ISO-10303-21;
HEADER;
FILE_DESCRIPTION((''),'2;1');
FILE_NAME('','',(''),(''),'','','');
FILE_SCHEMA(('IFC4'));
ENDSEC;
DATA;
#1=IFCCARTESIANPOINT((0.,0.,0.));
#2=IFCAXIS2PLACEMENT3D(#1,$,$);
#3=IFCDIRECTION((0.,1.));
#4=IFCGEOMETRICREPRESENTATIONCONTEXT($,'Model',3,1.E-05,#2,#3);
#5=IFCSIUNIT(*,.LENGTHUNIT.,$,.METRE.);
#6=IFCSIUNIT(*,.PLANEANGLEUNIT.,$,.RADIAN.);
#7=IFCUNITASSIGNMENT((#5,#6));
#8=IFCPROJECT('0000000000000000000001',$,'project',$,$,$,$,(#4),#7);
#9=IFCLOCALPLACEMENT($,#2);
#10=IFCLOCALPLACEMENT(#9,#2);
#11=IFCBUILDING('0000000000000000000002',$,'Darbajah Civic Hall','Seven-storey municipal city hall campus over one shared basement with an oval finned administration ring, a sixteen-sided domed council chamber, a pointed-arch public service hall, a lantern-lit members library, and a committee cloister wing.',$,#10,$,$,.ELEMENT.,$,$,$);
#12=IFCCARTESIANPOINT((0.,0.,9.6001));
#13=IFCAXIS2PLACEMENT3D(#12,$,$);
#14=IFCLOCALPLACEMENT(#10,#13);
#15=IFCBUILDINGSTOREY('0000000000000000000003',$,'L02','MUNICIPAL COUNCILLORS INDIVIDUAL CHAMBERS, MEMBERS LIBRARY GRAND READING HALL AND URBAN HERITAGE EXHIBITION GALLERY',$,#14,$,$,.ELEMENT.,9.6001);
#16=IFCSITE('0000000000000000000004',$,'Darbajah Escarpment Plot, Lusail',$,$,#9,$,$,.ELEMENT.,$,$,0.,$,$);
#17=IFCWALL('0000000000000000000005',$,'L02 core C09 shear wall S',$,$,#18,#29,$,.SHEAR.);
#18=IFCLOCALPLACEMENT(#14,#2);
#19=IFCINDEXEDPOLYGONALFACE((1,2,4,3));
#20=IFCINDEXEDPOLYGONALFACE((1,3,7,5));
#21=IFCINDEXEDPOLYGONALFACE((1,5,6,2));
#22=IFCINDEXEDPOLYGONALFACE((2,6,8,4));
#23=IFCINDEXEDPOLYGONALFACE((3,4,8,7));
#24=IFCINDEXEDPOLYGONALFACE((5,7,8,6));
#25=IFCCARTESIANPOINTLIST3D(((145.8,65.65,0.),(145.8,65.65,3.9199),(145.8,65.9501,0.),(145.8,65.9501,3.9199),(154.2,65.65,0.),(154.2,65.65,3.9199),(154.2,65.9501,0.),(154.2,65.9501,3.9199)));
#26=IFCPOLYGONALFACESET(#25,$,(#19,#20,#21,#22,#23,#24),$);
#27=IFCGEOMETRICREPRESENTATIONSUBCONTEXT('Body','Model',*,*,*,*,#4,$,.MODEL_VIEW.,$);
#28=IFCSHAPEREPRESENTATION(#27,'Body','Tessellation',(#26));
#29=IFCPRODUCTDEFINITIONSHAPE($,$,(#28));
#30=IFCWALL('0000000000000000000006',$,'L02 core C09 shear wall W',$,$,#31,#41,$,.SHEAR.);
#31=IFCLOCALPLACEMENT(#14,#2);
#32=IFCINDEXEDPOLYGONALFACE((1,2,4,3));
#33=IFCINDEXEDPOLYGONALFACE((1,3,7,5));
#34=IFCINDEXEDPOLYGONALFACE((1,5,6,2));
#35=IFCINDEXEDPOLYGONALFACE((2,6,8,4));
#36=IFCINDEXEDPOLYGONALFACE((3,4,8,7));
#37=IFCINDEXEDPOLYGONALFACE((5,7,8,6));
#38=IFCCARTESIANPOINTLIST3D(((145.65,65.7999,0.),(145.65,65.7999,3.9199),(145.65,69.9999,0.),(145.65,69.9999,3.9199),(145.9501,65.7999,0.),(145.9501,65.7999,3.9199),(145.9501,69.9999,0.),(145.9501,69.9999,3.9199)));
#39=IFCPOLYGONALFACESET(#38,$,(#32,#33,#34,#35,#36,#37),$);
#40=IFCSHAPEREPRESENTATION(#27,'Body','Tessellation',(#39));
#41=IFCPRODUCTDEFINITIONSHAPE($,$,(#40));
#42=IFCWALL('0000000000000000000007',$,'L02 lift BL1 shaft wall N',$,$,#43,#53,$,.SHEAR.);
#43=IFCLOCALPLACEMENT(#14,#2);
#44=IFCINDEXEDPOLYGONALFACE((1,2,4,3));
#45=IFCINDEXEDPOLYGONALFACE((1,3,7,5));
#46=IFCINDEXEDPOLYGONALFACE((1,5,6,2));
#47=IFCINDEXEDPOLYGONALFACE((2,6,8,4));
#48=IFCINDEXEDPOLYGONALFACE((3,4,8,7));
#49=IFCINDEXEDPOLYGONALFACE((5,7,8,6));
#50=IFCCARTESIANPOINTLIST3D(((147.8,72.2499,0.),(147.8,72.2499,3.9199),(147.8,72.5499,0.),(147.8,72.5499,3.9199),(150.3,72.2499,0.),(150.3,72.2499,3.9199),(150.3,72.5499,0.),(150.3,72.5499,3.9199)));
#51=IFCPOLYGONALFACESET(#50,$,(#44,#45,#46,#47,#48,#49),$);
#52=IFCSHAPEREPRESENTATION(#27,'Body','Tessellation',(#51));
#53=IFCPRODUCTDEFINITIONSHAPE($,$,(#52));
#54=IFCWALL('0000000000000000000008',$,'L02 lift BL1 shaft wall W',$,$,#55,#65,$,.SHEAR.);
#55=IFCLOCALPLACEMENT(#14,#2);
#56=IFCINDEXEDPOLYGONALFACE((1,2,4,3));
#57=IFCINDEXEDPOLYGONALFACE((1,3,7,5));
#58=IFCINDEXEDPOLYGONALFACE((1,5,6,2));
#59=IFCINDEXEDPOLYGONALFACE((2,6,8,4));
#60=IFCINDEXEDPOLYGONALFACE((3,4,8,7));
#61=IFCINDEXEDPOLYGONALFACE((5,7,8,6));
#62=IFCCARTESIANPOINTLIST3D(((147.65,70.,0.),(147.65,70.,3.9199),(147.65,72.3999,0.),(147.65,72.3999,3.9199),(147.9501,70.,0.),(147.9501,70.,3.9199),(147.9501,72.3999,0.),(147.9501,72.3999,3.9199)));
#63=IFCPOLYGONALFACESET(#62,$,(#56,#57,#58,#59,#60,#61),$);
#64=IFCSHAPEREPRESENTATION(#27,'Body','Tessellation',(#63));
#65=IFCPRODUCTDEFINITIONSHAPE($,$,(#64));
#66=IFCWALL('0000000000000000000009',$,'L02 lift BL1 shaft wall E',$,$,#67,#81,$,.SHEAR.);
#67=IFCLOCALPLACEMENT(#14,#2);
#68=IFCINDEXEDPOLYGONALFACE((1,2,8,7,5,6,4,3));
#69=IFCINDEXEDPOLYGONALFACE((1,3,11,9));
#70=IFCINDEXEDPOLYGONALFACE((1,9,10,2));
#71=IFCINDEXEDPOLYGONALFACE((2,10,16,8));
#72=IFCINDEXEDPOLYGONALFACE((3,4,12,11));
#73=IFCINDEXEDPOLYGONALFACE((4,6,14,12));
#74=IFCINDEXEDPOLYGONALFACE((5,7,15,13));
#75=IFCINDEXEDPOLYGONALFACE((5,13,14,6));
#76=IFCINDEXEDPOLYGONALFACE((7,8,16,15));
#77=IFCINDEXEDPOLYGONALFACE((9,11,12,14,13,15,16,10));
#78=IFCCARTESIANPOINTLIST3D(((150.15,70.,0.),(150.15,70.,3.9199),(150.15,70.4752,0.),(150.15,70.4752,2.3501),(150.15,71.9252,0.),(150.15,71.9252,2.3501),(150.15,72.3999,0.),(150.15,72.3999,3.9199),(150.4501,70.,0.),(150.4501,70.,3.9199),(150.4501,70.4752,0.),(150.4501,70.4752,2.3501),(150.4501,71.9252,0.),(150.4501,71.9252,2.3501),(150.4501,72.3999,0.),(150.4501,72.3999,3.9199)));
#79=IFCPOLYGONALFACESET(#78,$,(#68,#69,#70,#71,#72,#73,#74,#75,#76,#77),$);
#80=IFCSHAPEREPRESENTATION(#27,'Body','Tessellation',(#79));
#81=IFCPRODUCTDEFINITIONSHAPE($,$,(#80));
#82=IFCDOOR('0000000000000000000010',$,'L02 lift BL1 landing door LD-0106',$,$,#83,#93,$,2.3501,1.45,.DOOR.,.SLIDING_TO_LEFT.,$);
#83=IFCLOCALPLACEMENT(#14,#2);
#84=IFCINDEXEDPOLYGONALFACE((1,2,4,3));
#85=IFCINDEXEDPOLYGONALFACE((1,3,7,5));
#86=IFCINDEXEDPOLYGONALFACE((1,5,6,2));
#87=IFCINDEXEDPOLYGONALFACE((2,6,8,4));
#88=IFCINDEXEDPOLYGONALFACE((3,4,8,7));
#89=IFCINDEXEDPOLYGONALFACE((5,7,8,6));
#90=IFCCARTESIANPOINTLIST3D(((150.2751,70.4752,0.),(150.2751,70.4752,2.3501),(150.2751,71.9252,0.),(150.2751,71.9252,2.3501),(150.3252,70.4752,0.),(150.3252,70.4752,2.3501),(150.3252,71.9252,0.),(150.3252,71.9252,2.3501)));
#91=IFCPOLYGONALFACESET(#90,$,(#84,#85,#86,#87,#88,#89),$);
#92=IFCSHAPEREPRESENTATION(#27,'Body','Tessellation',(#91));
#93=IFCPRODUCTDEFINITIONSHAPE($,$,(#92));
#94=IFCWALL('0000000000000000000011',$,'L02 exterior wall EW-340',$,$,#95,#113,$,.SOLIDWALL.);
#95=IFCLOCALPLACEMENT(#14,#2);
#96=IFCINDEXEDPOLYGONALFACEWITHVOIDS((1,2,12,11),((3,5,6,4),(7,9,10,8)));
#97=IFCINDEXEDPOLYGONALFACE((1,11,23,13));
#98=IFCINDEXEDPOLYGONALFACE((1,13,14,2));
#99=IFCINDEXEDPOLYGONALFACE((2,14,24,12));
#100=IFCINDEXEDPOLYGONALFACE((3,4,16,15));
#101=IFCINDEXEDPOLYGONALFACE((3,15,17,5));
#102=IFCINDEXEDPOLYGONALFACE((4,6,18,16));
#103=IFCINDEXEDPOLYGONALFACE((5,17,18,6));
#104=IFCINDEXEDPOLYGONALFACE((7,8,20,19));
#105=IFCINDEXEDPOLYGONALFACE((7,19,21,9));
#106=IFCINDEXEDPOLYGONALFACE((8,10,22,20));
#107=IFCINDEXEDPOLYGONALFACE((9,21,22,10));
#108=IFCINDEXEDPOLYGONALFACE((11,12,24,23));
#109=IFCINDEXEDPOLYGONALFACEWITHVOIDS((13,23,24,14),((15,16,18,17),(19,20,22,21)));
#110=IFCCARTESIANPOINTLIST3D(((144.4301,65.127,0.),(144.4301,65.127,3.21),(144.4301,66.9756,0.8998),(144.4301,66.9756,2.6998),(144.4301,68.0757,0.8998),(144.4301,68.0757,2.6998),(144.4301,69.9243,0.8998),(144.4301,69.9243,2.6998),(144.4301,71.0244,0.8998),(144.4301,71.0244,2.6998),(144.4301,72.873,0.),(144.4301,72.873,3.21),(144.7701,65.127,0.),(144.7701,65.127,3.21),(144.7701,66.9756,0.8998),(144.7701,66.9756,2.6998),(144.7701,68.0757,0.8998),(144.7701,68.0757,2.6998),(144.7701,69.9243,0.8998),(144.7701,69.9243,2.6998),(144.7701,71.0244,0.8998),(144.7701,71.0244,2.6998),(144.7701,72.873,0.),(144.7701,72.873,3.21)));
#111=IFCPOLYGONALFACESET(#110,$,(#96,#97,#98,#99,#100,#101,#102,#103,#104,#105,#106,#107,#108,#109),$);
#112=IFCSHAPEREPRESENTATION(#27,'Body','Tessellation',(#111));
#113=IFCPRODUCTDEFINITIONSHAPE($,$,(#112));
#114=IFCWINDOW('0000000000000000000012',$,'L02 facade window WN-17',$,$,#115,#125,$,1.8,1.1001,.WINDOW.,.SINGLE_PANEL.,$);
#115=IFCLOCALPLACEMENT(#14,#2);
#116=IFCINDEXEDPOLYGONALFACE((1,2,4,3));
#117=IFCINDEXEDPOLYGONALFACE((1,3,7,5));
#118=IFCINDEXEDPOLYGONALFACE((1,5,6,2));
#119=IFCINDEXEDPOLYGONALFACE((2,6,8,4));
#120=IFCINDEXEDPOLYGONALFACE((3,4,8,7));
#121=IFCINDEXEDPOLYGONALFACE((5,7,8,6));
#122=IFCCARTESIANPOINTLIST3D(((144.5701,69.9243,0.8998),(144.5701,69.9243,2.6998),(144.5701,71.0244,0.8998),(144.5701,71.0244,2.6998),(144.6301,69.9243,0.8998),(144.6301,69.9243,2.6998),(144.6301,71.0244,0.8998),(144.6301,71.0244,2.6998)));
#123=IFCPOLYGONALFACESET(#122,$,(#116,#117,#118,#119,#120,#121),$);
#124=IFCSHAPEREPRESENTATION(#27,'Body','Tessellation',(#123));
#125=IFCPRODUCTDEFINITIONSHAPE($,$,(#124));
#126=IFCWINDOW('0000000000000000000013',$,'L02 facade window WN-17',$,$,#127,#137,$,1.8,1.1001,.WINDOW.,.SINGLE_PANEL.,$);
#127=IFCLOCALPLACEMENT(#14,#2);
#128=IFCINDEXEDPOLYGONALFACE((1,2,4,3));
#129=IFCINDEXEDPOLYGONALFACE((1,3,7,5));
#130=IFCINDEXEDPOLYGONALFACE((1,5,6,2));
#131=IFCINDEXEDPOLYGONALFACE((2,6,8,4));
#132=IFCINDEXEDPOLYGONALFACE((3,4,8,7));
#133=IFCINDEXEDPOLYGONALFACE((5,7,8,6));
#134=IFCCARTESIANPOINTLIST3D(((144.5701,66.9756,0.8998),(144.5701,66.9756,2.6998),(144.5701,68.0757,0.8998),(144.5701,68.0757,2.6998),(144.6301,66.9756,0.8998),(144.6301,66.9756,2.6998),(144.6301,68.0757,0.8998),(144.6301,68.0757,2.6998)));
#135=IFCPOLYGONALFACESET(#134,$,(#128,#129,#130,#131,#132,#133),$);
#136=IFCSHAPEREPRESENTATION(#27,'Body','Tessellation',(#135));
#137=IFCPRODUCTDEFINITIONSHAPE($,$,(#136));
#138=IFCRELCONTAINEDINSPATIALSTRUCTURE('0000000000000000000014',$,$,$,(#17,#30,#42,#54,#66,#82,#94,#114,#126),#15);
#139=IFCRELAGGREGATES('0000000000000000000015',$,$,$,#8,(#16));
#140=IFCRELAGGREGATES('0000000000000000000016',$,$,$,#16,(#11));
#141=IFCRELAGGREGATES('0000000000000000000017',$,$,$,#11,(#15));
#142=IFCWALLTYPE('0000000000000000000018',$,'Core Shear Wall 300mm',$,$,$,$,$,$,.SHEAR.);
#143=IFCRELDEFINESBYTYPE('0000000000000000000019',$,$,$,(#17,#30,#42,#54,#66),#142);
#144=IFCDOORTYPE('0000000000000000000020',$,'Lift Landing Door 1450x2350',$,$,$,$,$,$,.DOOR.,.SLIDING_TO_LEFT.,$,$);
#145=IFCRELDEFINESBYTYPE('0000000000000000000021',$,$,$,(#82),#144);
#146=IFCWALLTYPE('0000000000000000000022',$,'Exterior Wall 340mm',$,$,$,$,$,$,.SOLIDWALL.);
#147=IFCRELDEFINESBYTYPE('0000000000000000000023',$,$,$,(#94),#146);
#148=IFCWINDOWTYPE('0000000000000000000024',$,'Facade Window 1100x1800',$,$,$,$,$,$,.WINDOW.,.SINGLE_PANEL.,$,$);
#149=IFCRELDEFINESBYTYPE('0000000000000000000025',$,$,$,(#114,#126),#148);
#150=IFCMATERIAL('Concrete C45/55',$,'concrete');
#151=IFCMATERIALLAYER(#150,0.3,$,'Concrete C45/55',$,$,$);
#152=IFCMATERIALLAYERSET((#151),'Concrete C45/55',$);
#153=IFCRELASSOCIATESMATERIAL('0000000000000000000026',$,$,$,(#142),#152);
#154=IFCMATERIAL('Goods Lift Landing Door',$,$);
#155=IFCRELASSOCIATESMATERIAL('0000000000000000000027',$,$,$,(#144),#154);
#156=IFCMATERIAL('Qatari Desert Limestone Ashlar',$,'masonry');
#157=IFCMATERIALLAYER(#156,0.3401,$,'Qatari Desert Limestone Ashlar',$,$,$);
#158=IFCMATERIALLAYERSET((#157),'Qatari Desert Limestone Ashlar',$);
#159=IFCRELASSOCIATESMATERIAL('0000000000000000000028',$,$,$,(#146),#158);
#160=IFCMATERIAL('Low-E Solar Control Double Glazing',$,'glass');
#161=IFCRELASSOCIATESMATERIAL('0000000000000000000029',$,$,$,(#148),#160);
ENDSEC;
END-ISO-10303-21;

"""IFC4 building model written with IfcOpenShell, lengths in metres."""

from ifc_helpers import new_model, si_unit, direction, frame, frame_2d, origin, place, context, subcontext, project, spatial, rectangle, extrude, material, layer, layer_set, type_object, element, fill, save


model = new_model("IFC4")

# Units and contexts
model_context = context("Model", 3, precision=1e-05, world=origin(), true_north=direction((0.0, 1.0)))
body_context = subcontext(model_context, "Body", "Model", "MODEL_VIEW")
ifc_project = project(units=[si_unit("LENGTHUNIT", "METRE"), si_unit("PLANEANGLEUNIT", "RADIAN")], contexts=[model_context])

# Site, building, storey
site_placement = place(None, origin())
site = spatial("IfcSite", under=ifc_project, at=site_placement, Name="Darbajah Escarpment Plot, Lusail", CompositionType="ELEMENT", RefElevation=0.0)
building_placement = place(site_placement, origin())
building = spatial("IfcBuilding", under=site, at=building_placement, Name="Darbajah Civic Hall", Description="Seven-storey municipal city hall campus over one shared basement with an oval finned administration ring, a sixteen-sided domed council chamber, a pointed-arch public service hall, a lantern-lit members library, and a committee cloister wing.", CompositionType="ELEMENT")
storey_placement = place(building_placement, frame((0.0, 0.0, 9.6001)))
storey = spatial("IfcBuildingStorey", under=building, at=storey_placement, Name="L02", Description="MUNICIPAL COUNCILLORS INDIVIDUAL CHAMBERS, MEMBERS LIBRARY GRAND READING HALL AND URBAN HERITAGE EXHIBITION GALLERY", CompositionType="ELEMENT", Elevation=9.6001)

# Shared definitions
ifc_material_1 = material(Name="Concrete C45/55", Category="concrete")

# Walls
ifc_layer_1 = layer(ifc_material_1, 0.3, Name="Concrete C45/55")
ifc_layer_set_1 = layer_set([ifc_layer_1], Name="Concrete C45/55")
wall_type_1 = type_object("IfcWallType", Name="Core Shear Wall 300mm", PredefinedType="SHEAR", material=ifc_layer_set_1)
wall_1_placement = place(storey_placement, frame((145.8, 65.8, 0.0), z_axis=(0.0, 0.0, 1.0), x_axis=(1.0, 0.0, 0.0)))
element("IfcWall", 1, at=wall_1_placement, inside=storey, type_object=wall_type_1, Name="L02 core C09 shear wall S", PredefinedType="SHEAR", context=body_context, shape_type="SweptSolid", body=[
    extrude(rectangle(XDim=8.3999, YDim=0.3, at=frame_2d((4.2, 0.0))), origin(), (0.0, 0.0, 1.0), 3.9199),
])
wall_2_placement = place(storey_placement, frame((145.8, 70.0, 0.0), z_axis=(0.0, 0.0, 1.0), x_axis=(0.0, -1.0, 0.0)))
element("IfcWall", 2, at=wall_2_placement, inside=storey, type_object=wall_type_1, Name="L02 core C09 shear wall W", PredefinedType="SHEAR", context=body_context, shape_type="SweptSolid", body=[
    extrude(rectangle(XDim=4.2, YDim=0.3, at=frame_2d((2.1001, 0.0))), origin(), (0.0, 0.0, 1.0), 3.9199),
])
wall_3_placement = place(storey_placement, frame((150.3, 72.3999, 0.0), z_axis=(0.0, 0.0, 1.0), x_axis=(-1.0, 0.0, 0.0)))
element("IfcWall", 3, at=wall_3_placement, inside=storey, type_object=wall_type_1, Name="L02 lift BL1 shaft wall N", PredefinedType="SHEAR", context=body_context, shape_type="SweptSolid", body=[
    extrude(rectangle(XDim=2.5, YDim=0.3, at=frame_2d((1.25, 0.0))), origin(), (0.0, 0.0, 1.0), 3.9199),
])
wall_4_placement = place(storey_placement, frame((147.8, 72.3999, 0.0), z_axis=(0.0, 0.0, 1.0), x_axis=(0.0, -1.0, 0.0)))
element("IfcWall", 4, at=wall_4_placement, inside=storey, type_object=wall_type_1, Name="L02 lift BL1 shaft wall W", PredefinedType="SHEAR", context=body_context, shape_type="SweptSolid", body=[
    extrude(rectangle(XDim=2.3999, YDim=0.3, at=frame_2d((1.2, 0.0))), origin(), (0.0, 0.0, 1.0), 3.9199),
])

# Wall, opening, door
wall_5_placement = place(storey_placement, frame((150.3, 70.0, 0.0), z_axis=(0.0, 0.0, 1.0), x_axis=(0.0, 1.0, 0.0)))
wall_5 = element("IfcWall", 5, at=wall_5_placement, inside=storey, type_object=wall_type_1, Name="L02 lift BL1 shaft wall E", PredefinedType="SHEAR", context=body_context, shape_type="SweptSolid", body=[
    extrude(rectangle(XDim=2.3999, YDim=0.3, at=frame_2d((1.2, 0.0))), origin(), (0.0, 0.0, 1.0), 3.9199),
])
opening_1_placement = place(wall_5_placement, frame((0.4751, 0.0, 0.0)))
opening_1 = element("IfcOpeningElement", 6, at=opening_1_placement, cuts=wall_5, PredefinedType="OPENING", context=body_context, shape_type="SweptSolid", body=[
    extrude(rectangle(XDim=1.45, YDim=2.3501, at=frame_2d((0.7251, 1.175))), frame((0.0, 0.1599, 0.0), z_axis=(0.0, -1.0, 0.0), x_axis=(1.0, 0.0, 0.0)), (0.0, 0.0, 1.0), 0.3201),
])
ifc_material_2 = material(Name="Goods Lift Landing Door")
door_type = type_object("IfcDoorType", Name="Lift Landing Door 1450x2350", OperationType="SLIDING_TO_LEFT", PredefinedType="DOOR", material=ifc_material_2)
door_placement = place(opening_1_placement, origin())
door = element("IfcDoor", 7, at=door_placement, inside=storey, type_object=door_type, Name="L02 lift BL1 landing door LD-0106", OperationType="SLIDING_TO_LEFT", OverallHeight=2.3501, OverallWidth=1.45, PredefinedType="DOOR", context=body_context, shape_type="SweptSolid", body=[
    extrude(rectangle(XDim=1.45, YDim=2.3501, at=frame_2d((0.7251, 1.175))), frame((0.0, 0.0249, 0.0), z_axis=(0.0, -1.0, 0.0), x_axis=(1.0, 0.0, 0.0)), (0.0, 0.0, 1.0), 0.05),
])
fill(opening_1, door)

# Wall, openings, windows
ifc_material_3 = material(Name="Qatari Desert Limestone Ashlar", Category="masonry")
ifc_layer_2 = layer(ifc_material_3, 0.3401, Name="Qatari Desert Limestone Ashlar")
ifc_layer_set_2 = layer_set([ifc_layer_2], Name="Qatari Desert Limestone Ashlar")
wall_type_2 = type_object("IfcWallType", Name="Exterior Wall 340mm", PredefinedType="SOLIDWALL", material=ifc_layer_set_2)
wall_6_placement = place(storey_placement, frame((144.6001, 72.873, 0.0), z_axis=(0.0, 0.0, 1.0), x_axis=(0.0, -1.0, 0.0)))
wall_6 = element("IfcWall", 8, at=wall_6_placement, inside=storey, type_object=wall_type_2, Name="L02 exterior wall EW-340", PredefinedType="SOLIDWALL", context=body_context, shape_type="SweptSolid", body=[
    extrude(rectangle(XDim=7.7461, YDim=0.3401, at=frame_2d((3.873, 0.0))), origin(), (0.0, 0.0, 1.0), 3.21),
])
opening_2_placement = place(wall_6_placement, frame((1.8486, 0.0, 0.8999)))
opening_2 = element("IfcOpeningElement", 9, at=opening_2_placement, cuts=wall_6, PredefinedType="OPENING", context=body_context, shape_type="SweptSolid", body=[
    extrude(rectangle(XDim=1.1001, YDim=1.8, at=frame_2d((0.55, 0.8999))), frame((0.0, 0.1799, 0.0), z_axis=(0.0, -1.0, 0.0), x_axis=(1.0, 0.0, 0.0)), (0.0, 0.0, 1.0), 0.3601),
])
opening_3_placement = place(wall_6_placement, frame((4.7974, 0.0, 0.8999)))
opening_3 = element("IfcOpeningElement", 10, at=opening_3_placement, cuts=wall_6, PredefinedType="OPENING", context=body_context, shape_type="SweptSolid", body=[
    extrude(rectangle(XDim=1.1001, YDim=1.8, at=frame_2d((0.55, 0.8999))), frame((0.0, 0.1799, 0.0), z_axis=(0.0, -1.0, 0.0), x_axis=(1.0, 0.0, 0.0)), (0.0, 0.0, 1.0), 0.3601),
])
ifc_material_4 = material(Name="Low-E Solar Control Double Glazing", Category="glass")
window_type = type_object("IfcWindowType", Name="Facade Window 1100x1800", PartitioningType="SINGLE_PANEL", PredefinedType="WINDOW", material=ifc_material_4)
window_1_placement = place(opening_2_placement, origin())
window_1 = element("IfcWindow", 11, at=window_1_placement, inside=storey, type_object=window_type, Name="L02 facade window WN-17", OverallHeight=1.8, OverallWidth=1.1001, PartitioningType="SINGLE_PANEL", PredefinedType="WINDOW", context=body_context, shape_type="SweptSolid", body=[
    extrude(rectangle(XDim=1.1001, YDim=1.8, at=frame_2d((0.55, 0.8999))), frame((0.0, 0.03, 0.0), z_axis=(0.0, -1.0, 0.0), x_axis=(1.0, 0.0, 0.0)), (0.0, 0.0, 1.0), 0.0601),
])
fill(opening_2, window_1)
window_2_placement = place(opening_3_placement, origin())
window_2 = element("IfcWindow", 12, at=window_2_placement, inside=storey, type_object=window_type, Name="L02 facade window WN-17", OverallHeight=1.8, OverallWidth=1.1001, PartitioningType="SINGLE_PANEL", PredefinedType="WINDOW", context=body_context, shape_type="SweptSolid", body=[
    extrude(rectangle(XDim=1.1001, YDim=1.8, at=frame_2d((0.55, 0.8999))), frame((0.0, 0.03, 0.0), z_axis=(0.0, -1.0, 0.0), x_axis=(1.0, 0.0, 0.0)), (0.0, 0.0, 1.0), 0.0601),
])
fill(opening_3, window_2)

save(model, "model.ifc")
